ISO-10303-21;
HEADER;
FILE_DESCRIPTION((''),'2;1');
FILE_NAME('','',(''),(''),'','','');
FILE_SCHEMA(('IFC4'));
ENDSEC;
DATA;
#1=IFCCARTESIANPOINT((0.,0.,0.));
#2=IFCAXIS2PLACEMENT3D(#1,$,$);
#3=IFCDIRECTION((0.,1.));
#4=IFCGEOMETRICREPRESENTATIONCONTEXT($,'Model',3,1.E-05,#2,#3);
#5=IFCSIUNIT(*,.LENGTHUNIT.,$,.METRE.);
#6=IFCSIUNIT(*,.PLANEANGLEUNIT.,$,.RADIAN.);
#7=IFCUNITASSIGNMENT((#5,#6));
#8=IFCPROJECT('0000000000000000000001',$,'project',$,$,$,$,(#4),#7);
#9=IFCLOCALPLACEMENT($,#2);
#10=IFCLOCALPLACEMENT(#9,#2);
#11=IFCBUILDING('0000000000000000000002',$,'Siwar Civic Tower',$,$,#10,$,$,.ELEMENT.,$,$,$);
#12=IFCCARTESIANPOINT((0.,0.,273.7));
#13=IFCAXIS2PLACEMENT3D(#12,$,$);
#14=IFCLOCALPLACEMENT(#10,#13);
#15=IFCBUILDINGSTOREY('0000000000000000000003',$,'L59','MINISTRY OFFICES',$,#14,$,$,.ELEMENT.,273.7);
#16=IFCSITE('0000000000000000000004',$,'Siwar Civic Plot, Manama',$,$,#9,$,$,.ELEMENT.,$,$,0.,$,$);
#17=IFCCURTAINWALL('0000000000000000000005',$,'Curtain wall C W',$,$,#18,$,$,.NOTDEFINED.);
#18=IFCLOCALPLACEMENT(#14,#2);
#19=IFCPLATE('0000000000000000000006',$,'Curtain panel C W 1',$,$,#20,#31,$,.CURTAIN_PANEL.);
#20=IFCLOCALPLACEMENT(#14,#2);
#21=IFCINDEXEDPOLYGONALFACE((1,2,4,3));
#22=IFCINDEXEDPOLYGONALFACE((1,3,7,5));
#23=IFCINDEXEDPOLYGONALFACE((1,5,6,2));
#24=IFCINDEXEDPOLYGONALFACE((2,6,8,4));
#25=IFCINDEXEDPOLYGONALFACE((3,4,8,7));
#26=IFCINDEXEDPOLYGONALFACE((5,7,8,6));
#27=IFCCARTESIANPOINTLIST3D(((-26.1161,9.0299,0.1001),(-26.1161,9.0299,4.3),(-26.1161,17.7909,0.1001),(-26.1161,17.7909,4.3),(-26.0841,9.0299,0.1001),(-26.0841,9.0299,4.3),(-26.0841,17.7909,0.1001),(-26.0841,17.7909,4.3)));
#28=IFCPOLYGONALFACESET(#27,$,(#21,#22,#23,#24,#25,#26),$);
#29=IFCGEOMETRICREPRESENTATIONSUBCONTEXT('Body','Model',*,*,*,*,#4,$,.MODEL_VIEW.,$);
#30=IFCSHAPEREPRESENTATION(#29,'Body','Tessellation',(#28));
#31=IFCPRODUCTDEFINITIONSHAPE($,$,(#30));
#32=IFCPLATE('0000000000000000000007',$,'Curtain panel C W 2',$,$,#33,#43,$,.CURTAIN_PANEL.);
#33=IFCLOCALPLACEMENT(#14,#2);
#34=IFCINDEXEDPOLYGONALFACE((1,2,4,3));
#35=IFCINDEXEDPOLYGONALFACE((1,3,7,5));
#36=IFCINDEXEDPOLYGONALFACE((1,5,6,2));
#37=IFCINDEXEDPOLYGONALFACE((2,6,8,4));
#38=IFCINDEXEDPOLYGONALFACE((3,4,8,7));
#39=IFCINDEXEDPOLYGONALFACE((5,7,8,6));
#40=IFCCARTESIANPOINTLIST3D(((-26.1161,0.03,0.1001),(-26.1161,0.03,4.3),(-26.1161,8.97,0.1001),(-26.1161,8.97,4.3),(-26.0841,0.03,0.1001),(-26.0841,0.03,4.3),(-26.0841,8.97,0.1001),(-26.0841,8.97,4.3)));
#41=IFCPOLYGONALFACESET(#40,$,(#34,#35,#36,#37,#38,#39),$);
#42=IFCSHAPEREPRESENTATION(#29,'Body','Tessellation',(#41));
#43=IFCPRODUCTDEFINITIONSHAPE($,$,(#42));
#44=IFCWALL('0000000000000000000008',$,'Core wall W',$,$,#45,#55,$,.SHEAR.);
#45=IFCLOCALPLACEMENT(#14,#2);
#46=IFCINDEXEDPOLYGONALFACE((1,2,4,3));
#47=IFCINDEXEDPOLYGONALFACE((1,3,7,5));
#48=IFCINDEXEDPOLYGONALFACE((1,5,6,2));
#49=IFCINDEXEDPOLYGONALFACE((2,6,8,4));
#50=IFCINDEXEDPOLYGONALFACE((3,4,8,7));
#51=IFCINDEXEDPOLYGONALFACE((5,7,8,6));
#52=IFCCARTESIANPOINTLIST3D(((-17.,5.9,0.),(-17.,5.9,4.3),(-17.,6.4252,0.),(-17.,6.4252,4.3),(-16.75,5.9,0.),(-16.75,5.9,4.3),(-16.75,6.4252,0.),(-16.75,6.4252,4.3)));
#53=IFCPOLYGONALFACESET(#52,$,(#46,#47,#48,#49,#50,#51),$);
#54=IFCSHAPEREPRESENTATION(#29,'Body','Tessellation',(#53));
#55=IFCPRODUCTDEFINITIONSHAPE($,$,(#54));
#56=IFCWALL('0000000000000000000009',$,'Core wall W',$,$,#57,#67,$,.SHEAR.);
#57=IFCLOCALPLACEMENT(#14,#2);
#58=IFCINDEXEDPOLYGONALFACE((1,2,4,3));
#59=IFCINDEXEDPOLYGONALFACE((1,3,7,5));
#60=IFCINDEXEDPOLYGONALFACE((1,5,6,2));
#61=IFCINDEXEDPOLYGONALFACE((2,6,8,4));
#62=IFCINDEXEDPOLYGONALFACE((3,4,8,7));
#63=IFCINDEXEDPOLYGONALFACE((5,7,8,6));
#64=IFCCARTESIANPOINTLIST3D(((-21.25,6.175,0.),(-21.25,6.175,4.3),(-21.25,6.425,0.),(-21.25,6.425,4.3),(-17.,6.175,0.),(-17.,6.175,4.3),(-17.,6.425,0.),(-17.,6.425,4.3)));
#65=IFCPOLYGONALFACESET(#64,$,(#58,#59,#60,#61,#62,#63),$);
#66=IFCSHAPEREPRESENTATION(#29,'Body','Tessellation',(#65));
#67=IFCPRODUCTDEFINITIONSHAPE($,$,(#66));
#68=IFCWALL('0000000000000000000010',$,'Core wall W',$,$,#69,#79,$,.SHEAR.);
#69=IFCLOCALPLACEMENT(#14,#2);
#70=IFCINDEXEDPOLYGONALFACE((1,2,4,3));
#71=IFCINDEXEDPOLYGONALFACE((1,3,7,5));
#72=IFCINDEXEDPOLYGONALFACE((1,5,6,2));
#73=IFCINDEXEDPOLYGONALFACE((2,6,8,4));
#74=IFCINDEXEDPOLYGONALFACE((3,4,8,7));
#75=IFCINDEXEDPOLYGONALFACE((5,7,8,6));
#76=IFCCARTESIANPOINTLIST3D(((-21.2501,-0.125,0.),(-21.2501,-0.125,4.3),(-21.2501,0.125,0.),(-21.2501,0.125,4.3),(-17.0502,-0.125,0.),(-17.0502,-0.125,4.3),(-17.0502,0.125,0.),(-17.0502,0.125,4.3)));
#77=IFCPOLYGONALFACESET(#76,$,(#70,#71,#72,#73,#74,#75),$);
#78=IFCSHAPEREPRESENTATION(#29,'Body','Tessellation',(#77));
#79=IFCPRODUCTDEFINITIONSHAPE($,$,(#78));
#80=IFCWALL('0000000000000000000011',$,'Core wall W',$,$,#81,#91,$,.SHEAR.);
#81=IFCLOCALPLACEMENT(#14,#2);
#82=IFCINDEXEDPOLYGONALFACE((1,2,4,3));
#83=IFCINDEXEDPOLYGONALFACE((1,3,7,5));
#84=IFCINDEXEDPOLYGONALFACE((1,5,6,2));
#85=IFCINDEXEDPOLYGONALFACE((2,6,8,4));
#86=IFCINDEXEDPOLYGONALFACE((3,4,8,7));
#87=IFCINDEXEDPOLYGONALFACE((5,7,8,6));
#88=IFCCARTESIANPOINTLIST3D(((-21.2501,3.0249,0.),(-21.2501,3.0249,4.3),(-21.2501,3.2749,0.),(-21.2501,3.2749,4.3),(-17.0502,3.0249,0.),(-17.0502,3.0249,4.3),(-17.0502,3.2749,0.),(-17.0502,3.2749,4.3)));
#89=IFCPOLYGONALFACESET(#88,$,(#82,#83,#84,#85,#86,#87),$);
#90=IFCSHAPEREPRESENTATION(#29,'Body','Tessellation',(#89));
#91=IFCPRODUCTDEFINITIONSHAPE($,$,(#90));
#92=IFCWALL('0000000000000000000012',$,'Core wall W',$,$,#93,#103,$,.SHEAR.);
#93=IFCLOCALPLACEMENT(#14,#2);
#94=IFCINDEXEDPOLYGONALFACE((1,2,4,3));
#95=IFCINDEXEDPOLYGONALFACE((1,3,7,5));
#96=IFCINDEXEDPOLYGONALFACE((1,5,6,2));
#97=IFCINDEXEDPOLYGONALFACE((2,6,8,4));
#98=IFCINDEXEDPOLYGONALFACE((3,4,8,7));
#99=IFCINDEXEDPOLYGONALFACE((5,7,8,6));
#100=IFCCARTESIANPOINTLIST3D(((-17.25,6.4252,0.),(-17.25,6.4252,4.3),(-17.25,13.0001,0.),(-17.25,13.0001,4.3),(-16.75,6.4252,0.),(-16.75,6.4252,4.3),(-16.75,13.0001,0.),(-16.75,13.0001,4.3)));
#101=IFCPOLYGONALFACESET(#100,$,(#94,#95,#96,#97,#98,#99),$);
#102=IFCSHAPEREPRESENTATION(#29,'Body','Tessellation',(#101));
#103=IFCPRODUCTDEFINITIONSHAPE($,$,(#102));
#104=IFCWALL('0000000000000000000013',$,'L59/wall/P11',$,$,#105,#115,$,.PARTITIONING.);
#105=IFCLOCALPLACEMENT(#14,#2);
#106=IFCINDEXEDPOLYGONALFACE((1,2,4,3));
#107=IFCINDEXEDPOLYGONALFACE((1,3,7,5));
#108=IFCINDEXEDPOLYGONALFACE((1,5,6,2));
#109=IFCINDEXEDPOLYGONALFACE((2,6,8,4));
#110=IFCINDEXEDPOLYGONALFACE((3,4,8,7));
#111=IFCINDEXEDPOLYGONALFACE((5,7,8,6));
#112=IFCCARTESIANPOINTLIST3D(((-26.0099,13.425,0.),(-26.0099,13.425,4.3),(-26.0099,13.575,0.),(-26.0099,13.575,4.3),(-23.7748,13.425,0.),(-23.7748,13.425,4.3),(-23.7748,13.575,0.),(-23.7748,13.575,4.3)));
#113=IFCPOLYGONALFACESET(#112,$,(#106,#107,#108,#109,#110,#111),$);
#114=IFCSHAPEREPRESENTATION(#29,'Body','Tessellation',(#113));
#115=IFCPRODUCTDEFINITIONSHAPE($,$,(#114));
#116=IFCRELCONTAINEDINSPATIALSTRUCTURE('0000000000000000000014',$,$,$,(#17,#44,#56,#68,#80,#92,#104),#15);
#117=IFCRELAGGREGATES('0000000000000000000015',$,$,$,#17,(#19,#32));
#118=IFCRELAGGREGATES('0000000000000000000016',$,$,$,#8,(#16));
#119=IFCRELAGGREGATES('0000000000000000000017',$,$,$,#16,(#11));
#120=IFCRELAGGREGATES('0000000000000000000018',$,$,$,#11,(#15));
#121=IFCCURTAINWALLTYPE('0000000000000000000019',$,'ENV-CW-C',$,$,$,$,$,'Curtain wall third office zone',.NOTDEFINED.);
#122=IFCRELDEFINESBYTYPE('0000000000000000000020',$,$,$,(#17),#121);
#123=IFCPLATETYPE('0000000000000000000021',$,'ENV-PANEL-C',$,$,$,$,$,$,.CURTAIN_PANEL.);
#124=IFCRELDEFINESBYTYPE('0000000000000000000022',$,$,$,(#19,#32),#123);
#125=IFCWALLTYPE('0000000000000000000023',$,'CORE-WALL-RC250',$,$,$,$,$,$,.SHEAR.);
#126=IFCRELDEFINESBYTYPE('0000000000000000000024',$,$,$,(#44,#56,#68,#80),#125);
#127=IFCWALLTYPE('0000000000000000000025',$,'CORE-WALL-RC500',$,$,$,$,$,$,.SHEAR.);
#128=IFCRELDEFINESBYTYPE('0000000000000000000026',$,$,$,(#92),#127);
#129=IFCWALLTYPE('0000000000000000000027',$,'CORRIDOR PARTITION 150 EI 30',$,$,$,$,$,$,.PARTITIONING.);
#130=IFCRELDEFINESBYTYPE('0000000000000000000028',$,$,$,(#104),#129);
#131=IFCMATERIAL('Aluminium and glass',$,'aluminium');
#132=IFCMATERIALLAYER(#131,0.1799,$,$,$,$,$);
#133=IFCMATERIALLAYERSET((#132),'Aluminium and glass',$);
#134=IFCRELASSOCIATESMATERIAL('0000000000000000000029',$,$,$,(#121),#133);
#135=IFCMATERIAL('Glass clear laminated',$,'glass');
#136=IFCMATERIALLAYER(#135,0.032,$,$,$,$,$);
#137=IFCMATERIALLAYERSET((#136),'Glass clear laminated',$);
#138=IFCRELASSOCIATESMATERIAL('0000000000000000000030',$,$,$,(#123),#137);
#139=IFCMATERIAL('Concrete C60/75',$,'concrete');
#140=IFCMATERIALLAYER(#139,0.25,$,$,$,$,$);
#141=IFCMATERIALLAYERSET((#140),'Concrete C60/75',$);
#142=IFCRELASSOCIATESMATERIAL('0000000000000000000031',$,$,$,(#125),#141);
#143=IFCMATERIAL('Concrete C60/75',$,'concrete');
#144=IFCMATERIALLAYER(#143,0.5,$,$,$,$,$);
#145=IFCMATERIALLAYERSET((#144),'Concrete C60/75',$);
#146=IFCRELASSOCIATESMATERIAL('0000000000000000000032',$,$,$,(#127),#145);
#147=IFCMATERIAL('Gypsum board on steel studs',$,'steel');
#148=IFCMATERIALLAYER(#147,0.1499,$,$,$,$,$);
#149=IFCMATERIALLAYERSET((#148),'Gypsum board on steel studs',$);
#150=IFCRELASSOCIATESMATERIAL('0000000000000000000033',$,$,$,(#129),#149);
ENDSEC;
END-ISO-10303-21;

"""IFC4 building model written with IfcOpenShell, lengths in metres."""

from ifc_helpers import new_model, si_unit, direction, frame, frame_2d, origin, origin_2d, place, context, subcontext, project, spatial, rectangle, extrude, material, layer, layer_set, type_object, element, aggregate, save


model = new_model("IFC4")

# Units and contexts
model_context = context("Model", 3, precision=1e-05, world=origin(), true_north=direction((0.0, 1.0)))
body_context = subcontext(model_context, "Body", "Model", "MODEL_VIEW")
ifc_project = project(units=[si_unit("LENGTHUNIT", "METRE"), si_unit("PLANEANGLEUNIT", "RADIAN")], contexts=[model_context])

# Site, building, storey
site_placement = place(None, origin())
site = spatial("IfcSite", under=ifc_project, at=site_placement, Name="Siwar Civic Plot, Manama", CompositionType="ELEMENT", RefElevation=0.0)
building_placement = place(site_placement, origin())
building = spatial("IfcBuilding", under=site, at=building_placement, Name="Siwar Civic Tower", CompositionType="ELEMENT")
storey_placement = place(building_placement, frame((0.0, 0.0, 273.7)))
storey = spatial("IfcBuildingStorey", under=building, at=storey_placement, Name="L59", Description="MINISTRY OFFICES", CompositionType="ELEMENT", Elevation=273.7)

# Curtain wall
ifc_material_1 = material(Name="Aluminium and glass", Category="aluminium")
ifc_layer_1 = layer(ifc_material_1, 0.1799)
ifc_layer_set_1 = layer_set([ifc_layer_1], Name="Aluminium and glass")
curtain_wall_type = type_object("IfcCurtainWallType", Name="ENV-CW-C", ElementType="Curtain wall third office zone", PredefinedType="NOTDEFINED", material=ifc_layer_set_1)
curtain_wall_placement = place(storey_placement, origin())
curtain_wall = element("IfcCurtainWall", 1, at=curtain_wall_placement, inside=storey, type_object=curtain_wall_type, Name="Curtain wall C W", PredefinedType="NOTDEFINED")

# Plates
ifc_material_2 = material(Name="Glass clear laminated", Category="glass")
ifc_layer_2 = layer(ifc_material_2, 0.032)
ifc_layer_set_2 = layer_set([ifc_layer_2], Name="Glass clear laminated")
plate_type = type_object("IfcPlateType", Name="ENV-PANEL-C", PredefinedType="CURTAIN_PANEL", material=ifc_layer_set_2)
plate_1_placement = place(storey_placement, frame((-26.1001, 13.4104, 0.1001), z_axis=(0.0, 0.0, 1.0), x_axis=(0.0, -1.0, 0.0)))
plate_1 = element("IfcPlate", 2, at=plate_1_placement, type_object=plate_type, Name="Curtain panel C W 1", PredefinedType="CURTAIN_PANEL", context=body_context, shape_type="SweptSolid", body=[
    extrude(rectangle(XDim=8.761, YDim=0.032, at=origin_2d()), origin(), (0.0, 0.0, 1.0), 4.2),
])
plate_2_placement = place(storey_placement, frame((-26.1001, 4.5, 0.1001), z_axis=(0.0, 0.0, 1.0), x_axis=(0.0, -1.0, 0.0)))
plate_2 = element("IfcPlate", 3, at=plate_2_placement, type_object=plate_type, Name="Curtain panel C W 2", PredefinedType="CURTAIN_PANEL", context=body_context, shape_type="SweptSolid", body=[
    extrude(rectangle(XDim=8.9399, YDim=0.032, at=origin_2d()), origin(), (0.0, 0.0, 1.0), 4.2),
])
aggregate(curtain_wall, [plate_1, plate_2])

# Walls
ifc_material_3 = material(Name="Concrete C60/75", Category="concrete")
ifc_layer_3 = layer(ifc_material_3, 0.25)
ifc_layer_set_3 = layer_set([ifc_layer_3], Name="Concrete C60/75")
wall_type_1 = type_object("IfcWallType", Name="CORE-WALL-RC250", PredefinedType="SHEAR", material=ifc_layer_set_3)
wall_1_placement = place(storey_placement, frame((-16.875, 5.8999, 0.0), z_axis=(0.0, 0.0, 1.0), x_axis=(0.0, 1.0, 0.0)))
element("IfcWall", 4, at=wall_1_placement, inside=storey, type_object=wall_type_1, Name="Core wall W", PredefinedType="SHEAR", context=body_context, shape_type="SweptSolid", body=[
    extrude(rectangle(XDim=0.5251, YDim=0.25, at=frame_2d((0.2627, 0.0))), origin(), (0.0, 0.0, 1.0), 4.3),
])
wall_2_placement = place(storey_placement, frame((-17.0, 6.3, 0.0), z_axis=(0.0, 0.0, 1.0), x_axis=(-1.0, 0.0, 0.0)))
element("IfcWall", 5, at=wall_2_placement, inside=storey, type_object=wall_type_1, Name="Core wall W", PredefinedType="SHEAR", context=body_context, shape_type="SweptSolid", body=[
    extrude(rectangle(XDim=4.25, YDim=0.25, at=frame_2d((2.125, 0.0))), origin(), (0.0, 0.0, 1.0), 4.3),
])
for number, where, z_axis, x_axis, name in (
    (6, (-17.05, 0.0, 0.0), (0.0, 0.0, 1.0), (-1.0, 0.0, 0.0), "Core wall W"),
    (7, (-17.05, 3.1499, 0.0), (0.0, 0.0, 1.0), (-1.0, 0.0, 0.0), "Core wall W"),
):
    element("IfcWall", number, at=place(storey_placement, frame(where, z_axis=z_axis, x_axis=x_axis)), inside=storey, type_object=wall_type_1, Name=name, PredefinedType="SHEAR", context=body_context, shape_type="SweptSolid", body=[
        extrude(rectangle(XDim=4.2, YDim=0.25, at=frame_2d((2.1001, 0.0))), origin(), (0.0, 0.0, 1.0), 4.3),
    ])
ifc_material_4 = material(Name="Concrete C60/75", Category="concrete")
ifc_layer_4 = layer(ifc_material_4, 0.5)
ifc_layer_set_4 = layer_set([ifc_layer_4], Name="Concrete C60/75")
wall_type_2 = type_object("IfcWallType", Name="CORE-WALL-RC500", PredefinedType="SHEAR", material=ifc_layer_set_4)
wall_3_placement = place(storey_placement, frame((-17.0, 6.425, 0.0), z_axis=(0.0, 0.0, 1.0), x_axis=(0.0, 1.0, 0.0)))
element("IfcWall", 8, at=wall_3_placement, inside=storey, type_object=wall_type_2, Name="Core wall W", PredefinedType="SHEAR", context=body_context, shape_type="SweptSolid", body=[
    extrude(rectangle(XDim=6.575, YDim=0.5, at=frame_2d((3.2876, 0.0))), origin(), (0.0, 0.0, 1.0), 4.3),
])
ifc_material_5 = material(Name="Gypsum board on steel studs", Category="steel")
ifc_layer_5 = layer(ifc_material_5, 0.1499)
ifc_layer_set_5 = layer_set([ifc_layer_5], Name="Gypsum board on steel studs")
wall_type_3 = type_object("IfcWallType", Name="CORRIDOR PARTITION 150 EI 30", PredefinedType="PARTITIONING", material=ifc_layer_set_5)
wall_4_placement = place(storey_placement, frame((-26.01, 13.5, 0.0), z_axis=(0.0, 0.0, 1.0), x_axis=(1.0, 0.0, 0.0)))
element("IfcWall", 9, at=wall_4_placement, inside=storey, type_object=wall_type_3, Name="L59/wall/P11", PredefinedType="PARTITIONING", context=body_context, shape_type="SweptSolid", body=[
    extrude(rectangle(XDim=2.2351, YDim=0.1499, at=frame_2d((1.1177, 0.0))), origin(), (0.0, 0.0, 1.0), 4.3),
])

save(model, "model.ifc")
